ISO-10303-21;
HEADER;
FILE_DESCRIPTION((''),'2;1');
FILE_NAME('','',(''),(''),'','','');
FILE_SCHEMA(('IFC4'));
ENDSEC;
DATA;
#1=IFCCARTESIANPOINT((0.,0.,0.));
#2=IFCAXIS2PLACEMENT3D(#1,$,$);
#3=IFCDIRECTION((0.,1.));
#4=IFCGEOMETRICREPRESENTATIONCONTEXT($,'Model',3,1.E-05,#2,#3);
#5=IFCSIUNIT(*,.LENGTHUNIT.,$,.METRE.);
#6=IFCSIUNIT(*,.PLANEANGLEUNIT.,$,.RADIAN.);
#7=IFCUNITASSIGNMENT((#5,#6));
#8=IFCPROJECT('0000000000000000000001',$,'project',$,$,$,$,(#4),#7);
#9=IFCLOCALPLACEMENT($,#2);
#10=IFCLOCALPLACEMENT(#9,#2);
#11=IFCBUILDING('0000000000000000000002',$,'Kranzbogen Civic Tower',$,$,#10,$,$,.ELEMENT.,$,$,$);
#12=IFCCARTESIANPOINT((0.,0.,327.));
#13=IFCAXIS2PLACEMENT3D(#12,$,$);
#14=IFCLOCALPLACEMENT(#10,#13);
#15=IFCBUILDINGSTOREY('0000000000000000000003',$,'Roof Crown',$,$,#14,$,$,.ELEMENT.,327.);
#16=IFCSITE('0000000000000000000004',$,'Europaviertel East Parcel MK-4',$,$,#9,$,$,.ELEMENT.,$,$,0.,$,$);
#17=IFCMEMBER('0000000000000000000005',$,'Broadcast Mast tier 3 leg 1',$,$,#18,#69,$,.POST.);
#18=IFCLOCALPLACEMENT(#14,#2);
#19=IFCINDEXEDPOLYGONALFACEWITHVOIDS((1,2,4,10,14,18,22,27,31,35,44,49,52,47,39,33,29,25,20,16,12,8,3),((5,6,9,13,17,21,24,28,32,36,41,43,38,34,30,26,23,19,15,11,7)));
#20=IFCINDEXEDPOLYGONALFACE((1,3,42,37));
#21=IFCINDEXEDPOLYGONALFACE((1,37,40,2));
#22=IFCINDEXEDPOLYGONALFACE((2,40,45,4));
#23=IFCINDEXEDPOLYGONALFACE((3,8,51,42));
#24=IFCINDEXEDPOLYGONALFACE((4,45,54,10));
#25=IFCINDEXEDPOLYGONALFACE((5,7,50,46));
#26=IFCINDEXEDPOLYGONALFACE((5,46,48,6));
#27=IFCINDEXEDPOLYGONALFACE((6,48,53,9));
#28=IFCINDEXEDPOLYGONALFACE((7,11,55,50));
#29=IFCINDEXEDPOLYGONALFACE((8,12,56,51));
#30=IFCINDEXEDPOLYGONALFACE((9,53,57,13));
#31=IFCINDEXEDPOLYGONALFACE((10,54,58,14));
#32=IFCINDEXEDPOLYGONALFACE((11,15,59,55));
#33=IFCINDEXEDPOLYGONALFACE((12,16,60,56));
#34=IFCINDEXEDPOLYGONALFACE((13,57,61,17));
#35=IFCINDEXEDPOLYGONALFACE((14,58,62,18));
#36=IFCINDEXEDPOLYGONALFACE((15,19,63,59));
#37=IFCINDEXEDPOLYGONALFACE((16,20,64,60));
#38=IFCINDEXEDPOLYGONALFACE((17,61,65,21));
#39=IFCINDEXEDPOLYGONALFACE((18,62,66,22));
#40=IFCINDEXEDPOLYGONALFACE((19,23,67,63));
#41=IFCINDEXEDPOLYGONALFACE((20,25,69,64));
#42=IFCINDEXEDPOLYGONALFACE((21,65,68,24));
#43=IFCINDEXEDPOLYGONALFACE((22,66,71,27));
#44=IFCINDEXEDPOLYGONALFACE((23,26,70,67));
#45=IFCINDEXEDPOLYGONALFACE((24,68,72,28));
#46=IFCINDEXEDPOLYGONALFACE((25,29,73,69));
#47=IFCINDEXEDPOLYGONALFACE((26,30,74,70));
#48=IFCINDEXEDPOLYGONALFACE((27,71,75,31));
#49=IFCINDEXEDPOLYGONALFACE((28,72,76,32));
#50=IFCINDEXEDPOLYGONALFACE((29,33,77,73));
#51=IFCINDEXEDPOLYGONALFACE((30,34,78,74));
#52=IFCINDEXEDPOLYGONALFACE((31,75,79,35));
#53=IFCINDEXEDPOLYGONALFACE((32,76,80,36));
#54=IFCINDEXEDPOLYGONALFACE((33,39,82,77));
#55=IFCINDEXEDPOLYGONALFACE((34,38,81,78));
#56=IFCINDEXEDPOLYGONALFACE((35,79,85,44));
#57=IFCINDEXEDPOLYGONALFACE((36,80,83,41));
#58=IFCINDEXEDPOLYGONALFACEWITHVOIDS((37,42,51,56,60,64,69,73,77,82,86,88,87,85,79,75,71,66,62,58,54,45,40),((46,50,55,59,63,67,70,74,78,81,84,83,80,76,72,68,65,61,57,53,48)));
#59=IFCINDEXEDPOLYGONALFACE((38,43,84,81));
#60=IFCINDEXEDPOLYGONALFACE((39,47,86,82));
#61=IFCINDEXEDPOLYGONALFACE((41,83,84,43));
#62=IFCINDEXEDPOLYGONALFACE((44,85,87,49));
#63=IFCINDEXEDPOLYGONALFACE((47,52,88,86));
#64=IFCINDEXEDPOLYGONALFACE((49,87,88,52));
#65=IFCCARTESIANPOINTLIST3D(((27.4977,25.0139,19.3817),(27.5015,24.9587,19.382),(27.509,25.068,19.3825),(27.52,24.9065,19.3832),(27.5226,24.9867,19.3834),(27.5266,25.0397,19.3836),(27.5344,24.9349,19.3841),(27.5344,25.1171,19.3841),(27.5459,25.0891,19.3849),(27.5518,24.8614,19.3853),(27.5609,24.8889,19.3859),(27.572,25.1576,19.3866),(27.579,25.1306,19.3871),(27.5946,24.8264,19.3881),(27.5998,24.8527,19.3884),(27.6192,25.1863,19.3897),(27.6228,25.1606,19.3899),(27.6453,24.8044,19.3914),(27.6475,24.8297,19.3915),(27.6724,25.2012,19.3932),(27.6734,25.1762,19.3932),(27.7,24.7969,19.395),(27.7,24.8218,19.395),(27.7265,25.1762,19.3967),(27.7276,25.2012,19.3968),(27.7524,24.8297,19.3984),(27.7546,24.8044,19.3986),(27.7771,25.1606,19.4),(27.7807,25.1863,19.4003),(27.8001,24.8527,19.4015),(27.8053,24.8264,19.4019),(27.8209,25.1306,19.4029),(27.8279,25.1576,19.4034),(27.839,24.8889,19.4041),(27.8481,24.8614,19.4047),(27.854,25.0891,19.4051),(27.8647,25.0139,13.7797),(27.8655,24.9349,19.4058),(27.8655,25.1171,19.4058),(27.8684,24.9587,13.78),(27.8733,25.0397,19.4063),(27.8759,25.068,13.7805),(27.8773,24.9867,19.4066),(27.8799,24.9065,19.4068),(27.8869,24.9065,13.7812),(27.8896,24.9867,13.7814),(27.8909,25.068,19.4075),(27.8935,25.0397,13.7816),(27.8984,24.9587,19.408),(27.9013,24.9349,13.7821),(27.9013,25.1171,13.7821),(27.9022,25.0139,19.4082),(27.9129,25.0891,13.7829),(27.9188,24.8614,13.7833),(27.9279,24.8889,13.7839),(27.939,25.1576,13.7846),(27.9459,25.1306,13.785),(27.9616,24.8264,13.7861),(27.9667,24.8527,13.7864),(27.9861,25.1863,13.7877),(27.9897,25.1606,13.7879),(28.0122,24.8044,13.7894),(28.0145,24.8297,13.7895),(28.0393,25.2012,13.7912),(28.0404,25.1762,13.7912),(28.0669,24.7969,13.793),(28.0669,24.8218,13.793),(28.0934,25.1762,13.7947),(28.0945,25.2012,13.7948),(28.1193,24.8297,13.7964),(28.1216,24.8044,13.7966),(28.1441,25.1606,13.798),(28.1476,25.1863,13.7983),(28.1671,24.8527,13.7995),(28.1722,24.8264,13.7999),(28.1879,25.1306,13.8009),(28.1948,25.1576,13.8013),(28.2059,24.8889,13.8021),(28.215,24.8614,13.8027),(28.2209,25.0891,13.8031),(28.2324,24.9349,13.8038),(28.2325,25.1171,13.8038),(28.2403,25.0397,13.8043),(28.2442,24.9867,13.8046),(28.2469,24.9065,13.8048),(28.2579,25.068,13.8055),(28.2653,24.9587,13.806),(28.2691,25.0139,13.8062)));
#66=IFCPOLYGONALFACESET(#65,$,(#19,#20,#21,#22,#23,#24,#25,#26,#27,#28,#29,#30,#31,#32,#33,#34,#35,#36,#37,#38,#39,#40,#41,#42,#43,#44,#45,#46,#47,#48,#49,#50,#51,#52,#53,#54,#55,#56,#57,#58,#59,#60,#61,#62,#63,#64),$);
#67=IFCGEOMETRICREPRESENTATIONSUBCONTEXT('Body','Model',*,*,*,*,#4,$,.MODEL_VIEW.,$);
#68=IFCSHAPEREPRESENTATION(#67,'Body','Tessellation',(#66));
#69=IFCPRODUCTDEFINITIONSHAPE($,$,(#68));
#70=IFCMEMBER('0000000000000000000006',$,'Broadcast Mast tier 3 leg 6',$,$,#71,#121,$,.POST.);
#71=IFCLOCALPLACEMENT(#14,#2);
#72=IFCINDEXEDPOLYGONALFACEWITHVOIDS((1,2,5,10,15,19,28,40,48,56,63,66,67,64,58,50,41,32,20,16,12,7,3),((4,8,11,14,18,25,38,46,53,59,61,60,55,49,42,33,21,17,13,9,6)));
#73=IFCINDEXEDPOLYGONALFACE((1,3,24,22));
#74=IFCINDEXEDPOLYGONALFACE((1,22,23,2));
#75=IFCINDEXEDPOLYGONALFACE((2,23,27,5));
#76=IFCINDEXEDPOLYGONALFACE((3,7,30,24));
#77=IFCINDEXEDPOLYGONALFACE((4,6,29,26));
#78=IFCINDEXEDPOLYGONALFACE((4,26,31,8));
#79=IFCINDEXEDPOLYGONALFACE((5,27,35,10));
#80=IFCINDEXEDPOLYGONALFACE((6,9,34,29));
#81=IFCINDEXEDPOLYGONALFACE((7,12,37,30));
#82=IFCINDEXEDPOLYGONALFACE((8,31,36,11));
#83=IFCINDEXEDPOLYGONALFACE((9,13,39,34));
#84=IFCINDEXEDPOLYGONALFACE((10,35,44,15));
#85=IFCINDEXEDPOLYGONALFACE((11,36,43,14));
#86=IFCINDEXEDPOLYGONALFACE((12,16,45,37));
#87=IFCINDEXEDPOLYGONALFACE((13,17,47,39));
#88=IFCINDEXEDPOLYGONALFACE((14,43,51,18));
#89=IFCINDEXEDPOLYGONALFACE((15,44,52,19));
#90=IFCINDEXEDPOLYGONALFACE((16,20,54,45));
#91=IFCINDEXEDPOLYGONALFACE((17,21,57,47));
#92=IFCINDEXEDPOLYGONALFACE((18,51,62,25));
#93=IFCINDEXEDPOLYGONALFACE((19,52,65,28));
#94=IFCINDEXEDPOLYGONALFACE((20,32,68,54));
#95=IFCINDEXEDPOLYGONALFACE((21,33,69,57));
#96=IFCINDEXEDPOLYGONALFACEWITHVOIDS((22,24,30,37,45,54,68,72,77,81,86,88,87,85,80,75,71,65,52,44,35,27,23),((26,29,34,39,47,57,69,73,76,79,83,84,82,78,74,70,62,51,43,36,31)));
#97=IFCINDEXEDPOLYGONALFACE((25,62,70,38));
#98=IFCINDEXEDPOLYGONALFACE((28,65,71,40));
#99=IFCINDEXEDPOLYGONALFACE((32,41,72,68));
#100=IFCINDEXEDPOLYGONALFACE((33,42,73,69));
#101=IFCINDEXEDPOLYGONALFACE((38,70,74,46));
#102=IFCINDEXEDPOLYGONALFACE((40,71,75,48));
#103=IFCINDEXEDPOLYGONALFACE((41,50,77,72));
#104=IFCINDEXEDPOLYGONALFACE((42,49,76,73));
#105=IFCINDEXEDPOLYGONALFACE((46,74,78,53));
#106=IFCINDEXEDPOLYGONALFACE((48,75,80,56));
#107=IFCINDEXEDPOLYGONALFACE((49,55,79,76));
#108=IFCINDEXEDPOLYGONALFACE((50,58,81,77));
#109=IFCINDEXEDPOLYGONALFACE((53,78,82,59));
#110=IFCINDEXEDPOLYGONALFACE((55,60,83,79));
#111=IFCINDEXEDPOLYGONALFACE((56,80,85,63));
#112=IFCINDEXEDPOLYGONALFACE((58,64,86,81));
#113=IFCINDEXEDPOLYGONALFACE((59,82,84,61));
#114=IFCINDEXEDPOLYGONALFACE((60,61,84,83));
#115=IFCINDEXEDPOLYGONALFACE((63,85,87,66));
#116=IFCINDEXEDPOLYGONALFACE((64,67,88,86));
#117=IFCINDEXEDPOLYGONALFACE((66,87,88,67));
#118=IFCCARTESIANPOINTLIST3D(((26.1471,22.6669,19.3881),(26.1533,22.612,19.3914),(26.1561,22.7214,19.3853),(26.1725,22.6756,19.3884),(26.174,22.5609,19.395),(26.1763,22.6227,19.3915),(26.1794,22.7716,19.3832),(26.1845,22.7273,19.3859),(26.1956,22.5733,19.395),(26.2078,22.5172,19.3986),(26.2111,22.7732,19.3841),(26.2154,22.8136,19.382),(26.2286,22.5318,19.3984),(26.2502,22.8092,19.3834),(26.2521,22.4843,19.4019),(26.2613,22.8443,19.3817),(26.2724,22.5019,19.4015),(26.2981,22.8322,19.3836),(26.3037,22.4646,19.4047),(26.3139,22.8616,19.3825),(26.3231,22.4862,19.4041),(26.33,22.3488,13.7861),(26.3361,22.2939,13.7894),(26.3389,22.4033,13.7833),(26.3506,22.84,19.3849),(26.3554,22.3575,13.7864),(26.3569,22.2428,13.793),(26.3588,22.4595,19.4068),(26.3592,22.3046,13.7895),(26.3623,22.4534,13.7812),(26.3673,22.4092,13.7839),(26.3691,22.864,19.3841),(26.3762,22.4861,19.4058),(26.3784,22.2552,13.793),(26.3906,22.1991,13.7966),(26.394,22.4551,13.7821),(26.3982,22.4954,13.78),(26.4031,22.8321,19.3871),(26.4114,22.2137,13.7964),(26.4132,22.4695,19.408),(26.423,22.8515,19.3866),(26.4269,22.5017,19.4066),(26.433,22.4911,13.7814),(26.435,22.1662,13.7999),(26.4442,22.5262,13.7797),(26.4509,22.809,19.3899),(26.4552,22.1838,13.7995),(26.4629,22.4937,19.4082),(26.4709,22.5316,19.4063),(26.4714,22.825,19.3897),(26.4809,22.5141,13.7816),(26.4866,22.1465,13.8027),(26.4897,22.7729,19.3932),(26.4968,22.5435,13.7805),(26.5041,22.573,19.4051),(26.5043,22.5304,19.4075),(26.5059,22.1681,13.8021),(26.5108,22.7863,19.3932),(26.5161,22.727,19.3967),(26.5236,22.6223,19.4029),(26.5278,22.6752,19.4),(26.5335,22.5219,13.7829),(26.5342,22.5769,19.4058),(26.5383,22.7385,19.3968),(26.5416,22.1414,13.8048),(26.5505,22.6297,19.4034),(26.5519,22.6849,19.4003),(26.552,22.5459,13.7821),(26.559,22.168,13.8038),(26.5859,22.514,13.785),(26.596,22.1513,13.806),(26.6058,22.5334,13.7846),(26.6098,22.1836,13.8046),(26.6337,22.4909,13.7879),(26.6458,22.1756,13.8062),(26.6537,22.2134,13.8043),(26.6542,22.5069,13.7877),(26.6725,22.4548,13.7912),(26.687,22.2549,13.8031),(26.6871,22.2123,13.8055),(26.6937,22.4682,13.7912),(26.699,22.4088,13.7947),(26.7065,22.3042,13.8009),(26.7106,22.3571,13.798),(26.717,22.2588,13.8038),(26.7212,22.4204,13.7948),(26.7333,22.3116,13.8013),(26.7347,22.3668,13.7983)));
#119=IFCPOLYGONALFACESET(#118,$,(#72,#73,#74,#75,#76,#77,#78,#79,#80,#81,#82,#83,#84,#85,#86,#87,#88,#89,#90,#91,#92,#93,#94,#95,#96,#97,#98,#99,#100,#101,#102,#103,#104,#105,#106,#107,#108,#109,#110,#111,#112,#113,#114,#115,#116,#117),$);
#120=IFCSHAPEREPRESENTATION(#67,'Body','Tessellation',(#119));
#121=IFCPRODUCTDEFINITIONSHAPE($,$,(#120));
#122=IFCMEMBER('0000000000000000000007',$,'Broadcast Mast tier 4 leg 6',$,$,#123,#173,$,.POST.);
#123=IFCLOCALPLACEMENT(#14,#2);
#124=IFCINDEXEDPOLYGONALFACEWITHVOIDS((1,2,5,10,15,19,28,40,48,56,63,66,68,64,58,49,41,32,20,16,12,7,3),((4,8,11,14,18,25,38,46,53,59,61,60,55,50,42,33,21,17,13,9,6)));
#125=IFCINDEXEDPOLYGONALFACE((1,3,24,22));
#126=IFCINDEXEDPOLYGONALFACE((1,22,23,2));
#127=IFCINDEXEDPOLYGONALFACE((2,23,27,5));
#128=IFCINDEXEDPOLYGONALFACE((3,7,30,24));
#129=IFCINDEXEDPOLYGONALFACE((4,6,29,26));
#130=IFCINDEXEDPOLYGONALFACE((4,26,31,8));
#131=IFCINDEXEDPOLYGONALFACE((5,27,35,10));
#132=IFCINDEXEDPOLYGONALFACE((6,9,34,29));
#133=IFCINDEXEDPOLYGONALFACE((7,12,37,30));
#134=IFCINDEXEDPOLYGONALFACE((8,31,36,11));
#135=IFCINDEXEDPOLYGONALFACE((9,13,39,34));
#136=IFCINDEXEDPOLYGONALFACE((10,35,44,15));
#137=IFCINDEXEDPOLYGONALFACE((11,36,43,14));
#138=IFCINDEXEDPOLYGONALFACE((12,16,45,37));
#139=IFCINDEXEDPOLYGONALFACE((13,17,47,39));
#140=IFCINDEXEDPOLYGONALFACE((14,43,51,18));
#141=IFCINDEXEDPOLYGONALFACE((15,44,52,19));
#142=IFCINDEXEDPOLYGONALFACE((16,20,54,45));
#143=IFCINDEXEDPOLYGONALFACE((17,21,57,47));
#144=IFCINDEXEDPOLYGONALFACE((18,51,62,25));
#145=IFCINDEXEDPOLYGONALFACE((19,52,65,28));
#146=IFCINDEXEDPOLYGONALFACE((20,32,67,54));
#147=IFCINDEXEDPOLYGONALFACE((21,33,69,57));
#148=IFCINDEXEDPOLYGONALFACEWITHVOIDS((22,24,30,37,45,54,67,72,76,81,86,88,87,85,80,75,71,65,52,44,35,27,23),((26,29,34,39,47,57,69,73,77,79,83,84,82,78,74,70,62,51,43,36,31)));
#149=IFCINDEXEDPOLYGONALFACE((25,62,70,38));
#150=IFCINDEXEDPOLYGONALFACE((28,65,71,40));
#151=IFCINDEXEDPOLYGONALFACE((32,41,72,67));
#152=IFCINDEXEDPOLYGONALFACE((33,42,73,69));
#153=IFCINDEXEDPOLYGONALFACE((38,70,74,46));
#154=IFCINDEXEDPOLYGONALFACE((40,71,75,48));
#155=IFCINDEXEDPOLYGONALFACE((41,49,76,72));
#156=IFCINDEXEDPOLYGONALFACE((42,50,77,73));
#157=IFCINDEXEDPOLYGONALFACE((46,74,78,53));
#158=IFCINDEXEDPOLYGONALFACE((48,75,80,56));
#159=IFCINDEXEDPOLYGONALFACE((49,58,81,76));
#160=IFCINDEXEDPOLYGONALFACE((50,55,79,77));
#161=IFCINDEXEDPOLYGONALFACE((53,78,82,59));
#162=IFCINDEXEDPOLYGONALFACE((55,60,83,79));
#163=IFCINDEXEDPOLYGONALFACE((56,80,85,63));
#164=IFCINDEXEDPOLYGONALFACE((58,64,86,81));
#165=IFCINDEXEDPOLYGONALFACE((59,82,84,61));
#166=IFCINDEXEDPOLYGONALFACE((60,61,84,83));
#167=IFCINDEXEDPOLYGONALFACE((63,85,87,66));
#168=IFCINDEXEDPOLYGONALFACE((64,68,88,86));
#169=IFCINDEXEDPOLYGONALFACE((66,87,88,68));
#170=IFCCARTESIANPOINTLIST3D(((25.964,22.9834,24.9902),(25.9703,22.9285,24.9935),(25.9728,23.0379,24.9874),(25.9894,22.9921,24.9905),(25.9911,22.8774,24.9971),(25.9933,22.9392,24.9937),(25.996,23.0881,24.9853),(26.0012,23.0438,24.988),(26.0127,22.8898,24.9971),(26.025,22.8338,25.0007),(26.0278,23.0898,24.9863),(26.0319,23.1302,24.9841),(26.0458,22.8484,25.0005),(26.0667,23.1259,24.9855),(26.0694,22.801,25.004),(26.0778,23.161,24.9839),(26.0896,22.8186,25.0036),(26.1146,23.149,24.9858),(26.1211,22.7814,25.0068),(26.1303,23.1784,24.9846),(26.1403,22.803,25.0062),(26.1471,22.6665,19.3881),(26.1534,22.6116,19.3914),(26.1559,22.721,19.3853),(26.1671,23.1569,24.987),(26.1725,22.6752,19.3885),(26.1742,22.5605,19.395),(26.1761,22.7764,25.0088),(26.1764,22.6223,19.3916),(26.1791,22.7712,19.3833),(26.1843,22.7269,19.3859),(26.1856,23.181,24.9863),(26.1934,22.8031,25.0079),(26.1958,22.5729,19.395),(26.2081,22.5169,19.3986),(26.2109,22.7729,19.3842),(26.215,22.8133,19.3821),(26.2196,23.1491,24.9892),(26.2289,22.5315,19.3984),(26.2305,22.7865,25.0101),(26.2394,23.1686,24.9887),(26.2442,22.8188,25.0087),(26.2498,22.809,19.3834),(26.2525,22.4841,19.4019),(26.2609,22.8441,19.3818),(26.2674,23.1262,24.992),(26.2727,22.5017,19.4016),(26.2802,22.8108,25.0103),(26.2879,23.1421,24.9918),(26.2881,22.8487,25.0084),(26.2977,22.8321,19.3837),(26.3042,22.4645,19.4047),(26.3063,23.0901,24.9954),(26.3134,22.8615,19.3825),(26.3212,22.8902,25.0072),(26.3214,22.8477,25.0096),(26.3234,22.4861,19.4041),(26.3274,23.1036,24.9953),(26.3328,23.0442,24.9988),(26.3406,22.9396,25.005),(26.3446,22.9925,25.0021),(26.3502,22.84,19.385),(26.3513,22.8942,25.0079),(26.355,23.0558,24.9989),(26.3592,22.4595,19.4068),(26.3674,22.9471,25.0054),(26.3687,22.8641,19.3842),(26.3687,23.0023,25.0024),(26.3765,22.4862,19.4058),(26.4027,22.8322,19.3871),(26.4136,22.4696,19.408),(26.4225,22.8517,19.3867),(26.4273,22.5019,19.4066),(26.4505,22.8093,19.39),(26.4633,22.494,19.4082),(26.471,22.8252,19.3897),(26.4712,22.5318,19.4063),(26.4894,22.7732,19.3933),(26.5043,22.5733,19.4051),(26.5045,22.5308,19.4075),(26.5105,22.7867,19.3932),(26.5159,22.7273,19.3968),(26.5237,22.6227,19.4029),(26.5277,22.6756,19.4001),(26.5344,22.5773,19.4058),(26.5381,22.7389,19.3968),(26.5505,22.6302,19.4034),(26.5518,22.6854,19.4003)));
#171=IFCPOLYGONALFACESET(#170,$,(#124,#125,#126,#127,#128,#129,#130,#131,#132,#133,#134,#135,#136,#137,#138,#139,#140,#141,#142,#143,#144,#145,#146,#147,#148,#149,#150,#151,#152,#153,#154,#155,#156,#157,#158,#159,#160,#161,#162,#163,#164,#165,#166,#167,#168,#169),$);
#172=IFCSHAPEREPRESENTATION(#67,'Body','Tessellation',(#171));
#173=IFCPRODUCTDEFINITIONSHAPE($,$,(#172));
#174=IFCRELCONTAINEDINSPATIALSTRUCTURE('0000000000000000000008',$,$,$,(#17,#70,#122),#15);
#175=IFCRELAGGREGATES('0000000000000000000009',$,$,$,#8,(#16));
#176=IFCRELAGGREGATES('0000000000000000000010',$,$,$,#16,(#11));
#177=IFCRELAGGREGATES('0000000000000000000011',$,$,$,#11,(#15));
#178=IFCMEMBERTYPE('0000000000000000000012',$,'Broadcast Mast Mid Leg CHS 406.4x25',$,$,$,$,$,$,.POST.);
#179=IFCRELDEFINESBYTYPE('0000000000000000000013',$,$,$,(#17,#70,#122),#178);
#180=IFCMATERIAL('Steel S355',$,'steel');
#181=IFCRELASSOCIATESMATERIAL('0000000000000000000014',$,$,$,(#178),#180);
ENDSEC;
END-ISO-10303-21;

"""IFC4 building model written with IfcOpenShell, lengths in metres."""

from ifc_helpers import new_model, si_unit, direction, frame, origin, origin_2d, place, context, subcontext, project, spatial, hollow_circle, extrude, material, material_profile, profile_set, type_object, element, save


model = new_model("IFC4")

# Units and contexts
model_context = context("Model", 3, precision=1e-05, world=origin(), true_north=direction((0.0, 1.0)))
body_context = subcontext(model_context, "Body", "Model", "MODEL_VIEW")
ifc_project = project(units=[si_unit("LENGTHUNIT", "METRE"), si_unit("PLANEANGLEUNIT", "RADIAN")], contexts=[model_context])

# Site, building, storey
site_placement = place(None, origin())
site = spatial("IfcSite", under=ifc_project, at=site_placement, Name="Europaviertel East Parcel MK-4", CompositionType="ELEMENT", RefElevation=0.0)
building_placement = place(site_placement, origin())
building = spatial("IfcBuilding", under=site, at=building_placement, Name="Kranzbogen Civic Tower", CompositionType="ELEMENT")
storey_placement = place(building_placement, frame((0.0, 0.0, 327.0)))
storey = spatial("IfcBuildingStorey", under=building, at=storey_placement, Name="Roof Crown", CompositionType="ELEMENT", Elevation=327.0)

# Members
ifc_material = material(Name="Steel S355", Category="steel")
ifc_material_profile_1 = material_profile(ifc_material, hollow_circle(Radius=0.2031, WallThickness=0.0249, at=origin_2d()), Name="CHS 406.4x25")
ifc_profile_set_1 = profile_set([ifc_material_profile_1], Name="Steel S355")
member_type_1 = type_object("IfcMemberType", Name="Broadcast Mast Mid Leg CHS 406.4x25", PredefinedType="POST", material=ifc_profile_set_1)
for number, where, z_axis, x_axis, name in (
    (1, (28.0669, 25.0, 13.793), (-0.065362, 0.0, 0.997862), (0.0, -1.0, 0.0), "Broadcast Mast tier 3 leg 1"),
    (2, (26.533, 22.344, 13.793), (-0.032572, 0.056664, 0.997862), (-0.866971, -0.498359, 0.0), "Broadcast Mast tier 3 leg 6"),
    (3, (26.3501, 22.6621, 19.395), (-0.032616, 0.056447, 0.997873), (-0.865852, -0.5003, 0.0), "Broadcast Mast tier 4 leg 6"),
):
    element("IfcMember", number, at=place(storey_placement, frame(where, z_axis=z_axis, x_axis=x_axis)), inside=storey, type_object=member_type_1, Name=name, PredefinedType="POST", context=body_context, shape_type="SweptSolid", body=[
        extrude(hollow_circle(Radius=0.2031, WallThickness=0.0249, at=origin_2d()), origin(), (0.0, 0.0, 1.0), 5.614),
    ])

save(model, "model.ifc")
